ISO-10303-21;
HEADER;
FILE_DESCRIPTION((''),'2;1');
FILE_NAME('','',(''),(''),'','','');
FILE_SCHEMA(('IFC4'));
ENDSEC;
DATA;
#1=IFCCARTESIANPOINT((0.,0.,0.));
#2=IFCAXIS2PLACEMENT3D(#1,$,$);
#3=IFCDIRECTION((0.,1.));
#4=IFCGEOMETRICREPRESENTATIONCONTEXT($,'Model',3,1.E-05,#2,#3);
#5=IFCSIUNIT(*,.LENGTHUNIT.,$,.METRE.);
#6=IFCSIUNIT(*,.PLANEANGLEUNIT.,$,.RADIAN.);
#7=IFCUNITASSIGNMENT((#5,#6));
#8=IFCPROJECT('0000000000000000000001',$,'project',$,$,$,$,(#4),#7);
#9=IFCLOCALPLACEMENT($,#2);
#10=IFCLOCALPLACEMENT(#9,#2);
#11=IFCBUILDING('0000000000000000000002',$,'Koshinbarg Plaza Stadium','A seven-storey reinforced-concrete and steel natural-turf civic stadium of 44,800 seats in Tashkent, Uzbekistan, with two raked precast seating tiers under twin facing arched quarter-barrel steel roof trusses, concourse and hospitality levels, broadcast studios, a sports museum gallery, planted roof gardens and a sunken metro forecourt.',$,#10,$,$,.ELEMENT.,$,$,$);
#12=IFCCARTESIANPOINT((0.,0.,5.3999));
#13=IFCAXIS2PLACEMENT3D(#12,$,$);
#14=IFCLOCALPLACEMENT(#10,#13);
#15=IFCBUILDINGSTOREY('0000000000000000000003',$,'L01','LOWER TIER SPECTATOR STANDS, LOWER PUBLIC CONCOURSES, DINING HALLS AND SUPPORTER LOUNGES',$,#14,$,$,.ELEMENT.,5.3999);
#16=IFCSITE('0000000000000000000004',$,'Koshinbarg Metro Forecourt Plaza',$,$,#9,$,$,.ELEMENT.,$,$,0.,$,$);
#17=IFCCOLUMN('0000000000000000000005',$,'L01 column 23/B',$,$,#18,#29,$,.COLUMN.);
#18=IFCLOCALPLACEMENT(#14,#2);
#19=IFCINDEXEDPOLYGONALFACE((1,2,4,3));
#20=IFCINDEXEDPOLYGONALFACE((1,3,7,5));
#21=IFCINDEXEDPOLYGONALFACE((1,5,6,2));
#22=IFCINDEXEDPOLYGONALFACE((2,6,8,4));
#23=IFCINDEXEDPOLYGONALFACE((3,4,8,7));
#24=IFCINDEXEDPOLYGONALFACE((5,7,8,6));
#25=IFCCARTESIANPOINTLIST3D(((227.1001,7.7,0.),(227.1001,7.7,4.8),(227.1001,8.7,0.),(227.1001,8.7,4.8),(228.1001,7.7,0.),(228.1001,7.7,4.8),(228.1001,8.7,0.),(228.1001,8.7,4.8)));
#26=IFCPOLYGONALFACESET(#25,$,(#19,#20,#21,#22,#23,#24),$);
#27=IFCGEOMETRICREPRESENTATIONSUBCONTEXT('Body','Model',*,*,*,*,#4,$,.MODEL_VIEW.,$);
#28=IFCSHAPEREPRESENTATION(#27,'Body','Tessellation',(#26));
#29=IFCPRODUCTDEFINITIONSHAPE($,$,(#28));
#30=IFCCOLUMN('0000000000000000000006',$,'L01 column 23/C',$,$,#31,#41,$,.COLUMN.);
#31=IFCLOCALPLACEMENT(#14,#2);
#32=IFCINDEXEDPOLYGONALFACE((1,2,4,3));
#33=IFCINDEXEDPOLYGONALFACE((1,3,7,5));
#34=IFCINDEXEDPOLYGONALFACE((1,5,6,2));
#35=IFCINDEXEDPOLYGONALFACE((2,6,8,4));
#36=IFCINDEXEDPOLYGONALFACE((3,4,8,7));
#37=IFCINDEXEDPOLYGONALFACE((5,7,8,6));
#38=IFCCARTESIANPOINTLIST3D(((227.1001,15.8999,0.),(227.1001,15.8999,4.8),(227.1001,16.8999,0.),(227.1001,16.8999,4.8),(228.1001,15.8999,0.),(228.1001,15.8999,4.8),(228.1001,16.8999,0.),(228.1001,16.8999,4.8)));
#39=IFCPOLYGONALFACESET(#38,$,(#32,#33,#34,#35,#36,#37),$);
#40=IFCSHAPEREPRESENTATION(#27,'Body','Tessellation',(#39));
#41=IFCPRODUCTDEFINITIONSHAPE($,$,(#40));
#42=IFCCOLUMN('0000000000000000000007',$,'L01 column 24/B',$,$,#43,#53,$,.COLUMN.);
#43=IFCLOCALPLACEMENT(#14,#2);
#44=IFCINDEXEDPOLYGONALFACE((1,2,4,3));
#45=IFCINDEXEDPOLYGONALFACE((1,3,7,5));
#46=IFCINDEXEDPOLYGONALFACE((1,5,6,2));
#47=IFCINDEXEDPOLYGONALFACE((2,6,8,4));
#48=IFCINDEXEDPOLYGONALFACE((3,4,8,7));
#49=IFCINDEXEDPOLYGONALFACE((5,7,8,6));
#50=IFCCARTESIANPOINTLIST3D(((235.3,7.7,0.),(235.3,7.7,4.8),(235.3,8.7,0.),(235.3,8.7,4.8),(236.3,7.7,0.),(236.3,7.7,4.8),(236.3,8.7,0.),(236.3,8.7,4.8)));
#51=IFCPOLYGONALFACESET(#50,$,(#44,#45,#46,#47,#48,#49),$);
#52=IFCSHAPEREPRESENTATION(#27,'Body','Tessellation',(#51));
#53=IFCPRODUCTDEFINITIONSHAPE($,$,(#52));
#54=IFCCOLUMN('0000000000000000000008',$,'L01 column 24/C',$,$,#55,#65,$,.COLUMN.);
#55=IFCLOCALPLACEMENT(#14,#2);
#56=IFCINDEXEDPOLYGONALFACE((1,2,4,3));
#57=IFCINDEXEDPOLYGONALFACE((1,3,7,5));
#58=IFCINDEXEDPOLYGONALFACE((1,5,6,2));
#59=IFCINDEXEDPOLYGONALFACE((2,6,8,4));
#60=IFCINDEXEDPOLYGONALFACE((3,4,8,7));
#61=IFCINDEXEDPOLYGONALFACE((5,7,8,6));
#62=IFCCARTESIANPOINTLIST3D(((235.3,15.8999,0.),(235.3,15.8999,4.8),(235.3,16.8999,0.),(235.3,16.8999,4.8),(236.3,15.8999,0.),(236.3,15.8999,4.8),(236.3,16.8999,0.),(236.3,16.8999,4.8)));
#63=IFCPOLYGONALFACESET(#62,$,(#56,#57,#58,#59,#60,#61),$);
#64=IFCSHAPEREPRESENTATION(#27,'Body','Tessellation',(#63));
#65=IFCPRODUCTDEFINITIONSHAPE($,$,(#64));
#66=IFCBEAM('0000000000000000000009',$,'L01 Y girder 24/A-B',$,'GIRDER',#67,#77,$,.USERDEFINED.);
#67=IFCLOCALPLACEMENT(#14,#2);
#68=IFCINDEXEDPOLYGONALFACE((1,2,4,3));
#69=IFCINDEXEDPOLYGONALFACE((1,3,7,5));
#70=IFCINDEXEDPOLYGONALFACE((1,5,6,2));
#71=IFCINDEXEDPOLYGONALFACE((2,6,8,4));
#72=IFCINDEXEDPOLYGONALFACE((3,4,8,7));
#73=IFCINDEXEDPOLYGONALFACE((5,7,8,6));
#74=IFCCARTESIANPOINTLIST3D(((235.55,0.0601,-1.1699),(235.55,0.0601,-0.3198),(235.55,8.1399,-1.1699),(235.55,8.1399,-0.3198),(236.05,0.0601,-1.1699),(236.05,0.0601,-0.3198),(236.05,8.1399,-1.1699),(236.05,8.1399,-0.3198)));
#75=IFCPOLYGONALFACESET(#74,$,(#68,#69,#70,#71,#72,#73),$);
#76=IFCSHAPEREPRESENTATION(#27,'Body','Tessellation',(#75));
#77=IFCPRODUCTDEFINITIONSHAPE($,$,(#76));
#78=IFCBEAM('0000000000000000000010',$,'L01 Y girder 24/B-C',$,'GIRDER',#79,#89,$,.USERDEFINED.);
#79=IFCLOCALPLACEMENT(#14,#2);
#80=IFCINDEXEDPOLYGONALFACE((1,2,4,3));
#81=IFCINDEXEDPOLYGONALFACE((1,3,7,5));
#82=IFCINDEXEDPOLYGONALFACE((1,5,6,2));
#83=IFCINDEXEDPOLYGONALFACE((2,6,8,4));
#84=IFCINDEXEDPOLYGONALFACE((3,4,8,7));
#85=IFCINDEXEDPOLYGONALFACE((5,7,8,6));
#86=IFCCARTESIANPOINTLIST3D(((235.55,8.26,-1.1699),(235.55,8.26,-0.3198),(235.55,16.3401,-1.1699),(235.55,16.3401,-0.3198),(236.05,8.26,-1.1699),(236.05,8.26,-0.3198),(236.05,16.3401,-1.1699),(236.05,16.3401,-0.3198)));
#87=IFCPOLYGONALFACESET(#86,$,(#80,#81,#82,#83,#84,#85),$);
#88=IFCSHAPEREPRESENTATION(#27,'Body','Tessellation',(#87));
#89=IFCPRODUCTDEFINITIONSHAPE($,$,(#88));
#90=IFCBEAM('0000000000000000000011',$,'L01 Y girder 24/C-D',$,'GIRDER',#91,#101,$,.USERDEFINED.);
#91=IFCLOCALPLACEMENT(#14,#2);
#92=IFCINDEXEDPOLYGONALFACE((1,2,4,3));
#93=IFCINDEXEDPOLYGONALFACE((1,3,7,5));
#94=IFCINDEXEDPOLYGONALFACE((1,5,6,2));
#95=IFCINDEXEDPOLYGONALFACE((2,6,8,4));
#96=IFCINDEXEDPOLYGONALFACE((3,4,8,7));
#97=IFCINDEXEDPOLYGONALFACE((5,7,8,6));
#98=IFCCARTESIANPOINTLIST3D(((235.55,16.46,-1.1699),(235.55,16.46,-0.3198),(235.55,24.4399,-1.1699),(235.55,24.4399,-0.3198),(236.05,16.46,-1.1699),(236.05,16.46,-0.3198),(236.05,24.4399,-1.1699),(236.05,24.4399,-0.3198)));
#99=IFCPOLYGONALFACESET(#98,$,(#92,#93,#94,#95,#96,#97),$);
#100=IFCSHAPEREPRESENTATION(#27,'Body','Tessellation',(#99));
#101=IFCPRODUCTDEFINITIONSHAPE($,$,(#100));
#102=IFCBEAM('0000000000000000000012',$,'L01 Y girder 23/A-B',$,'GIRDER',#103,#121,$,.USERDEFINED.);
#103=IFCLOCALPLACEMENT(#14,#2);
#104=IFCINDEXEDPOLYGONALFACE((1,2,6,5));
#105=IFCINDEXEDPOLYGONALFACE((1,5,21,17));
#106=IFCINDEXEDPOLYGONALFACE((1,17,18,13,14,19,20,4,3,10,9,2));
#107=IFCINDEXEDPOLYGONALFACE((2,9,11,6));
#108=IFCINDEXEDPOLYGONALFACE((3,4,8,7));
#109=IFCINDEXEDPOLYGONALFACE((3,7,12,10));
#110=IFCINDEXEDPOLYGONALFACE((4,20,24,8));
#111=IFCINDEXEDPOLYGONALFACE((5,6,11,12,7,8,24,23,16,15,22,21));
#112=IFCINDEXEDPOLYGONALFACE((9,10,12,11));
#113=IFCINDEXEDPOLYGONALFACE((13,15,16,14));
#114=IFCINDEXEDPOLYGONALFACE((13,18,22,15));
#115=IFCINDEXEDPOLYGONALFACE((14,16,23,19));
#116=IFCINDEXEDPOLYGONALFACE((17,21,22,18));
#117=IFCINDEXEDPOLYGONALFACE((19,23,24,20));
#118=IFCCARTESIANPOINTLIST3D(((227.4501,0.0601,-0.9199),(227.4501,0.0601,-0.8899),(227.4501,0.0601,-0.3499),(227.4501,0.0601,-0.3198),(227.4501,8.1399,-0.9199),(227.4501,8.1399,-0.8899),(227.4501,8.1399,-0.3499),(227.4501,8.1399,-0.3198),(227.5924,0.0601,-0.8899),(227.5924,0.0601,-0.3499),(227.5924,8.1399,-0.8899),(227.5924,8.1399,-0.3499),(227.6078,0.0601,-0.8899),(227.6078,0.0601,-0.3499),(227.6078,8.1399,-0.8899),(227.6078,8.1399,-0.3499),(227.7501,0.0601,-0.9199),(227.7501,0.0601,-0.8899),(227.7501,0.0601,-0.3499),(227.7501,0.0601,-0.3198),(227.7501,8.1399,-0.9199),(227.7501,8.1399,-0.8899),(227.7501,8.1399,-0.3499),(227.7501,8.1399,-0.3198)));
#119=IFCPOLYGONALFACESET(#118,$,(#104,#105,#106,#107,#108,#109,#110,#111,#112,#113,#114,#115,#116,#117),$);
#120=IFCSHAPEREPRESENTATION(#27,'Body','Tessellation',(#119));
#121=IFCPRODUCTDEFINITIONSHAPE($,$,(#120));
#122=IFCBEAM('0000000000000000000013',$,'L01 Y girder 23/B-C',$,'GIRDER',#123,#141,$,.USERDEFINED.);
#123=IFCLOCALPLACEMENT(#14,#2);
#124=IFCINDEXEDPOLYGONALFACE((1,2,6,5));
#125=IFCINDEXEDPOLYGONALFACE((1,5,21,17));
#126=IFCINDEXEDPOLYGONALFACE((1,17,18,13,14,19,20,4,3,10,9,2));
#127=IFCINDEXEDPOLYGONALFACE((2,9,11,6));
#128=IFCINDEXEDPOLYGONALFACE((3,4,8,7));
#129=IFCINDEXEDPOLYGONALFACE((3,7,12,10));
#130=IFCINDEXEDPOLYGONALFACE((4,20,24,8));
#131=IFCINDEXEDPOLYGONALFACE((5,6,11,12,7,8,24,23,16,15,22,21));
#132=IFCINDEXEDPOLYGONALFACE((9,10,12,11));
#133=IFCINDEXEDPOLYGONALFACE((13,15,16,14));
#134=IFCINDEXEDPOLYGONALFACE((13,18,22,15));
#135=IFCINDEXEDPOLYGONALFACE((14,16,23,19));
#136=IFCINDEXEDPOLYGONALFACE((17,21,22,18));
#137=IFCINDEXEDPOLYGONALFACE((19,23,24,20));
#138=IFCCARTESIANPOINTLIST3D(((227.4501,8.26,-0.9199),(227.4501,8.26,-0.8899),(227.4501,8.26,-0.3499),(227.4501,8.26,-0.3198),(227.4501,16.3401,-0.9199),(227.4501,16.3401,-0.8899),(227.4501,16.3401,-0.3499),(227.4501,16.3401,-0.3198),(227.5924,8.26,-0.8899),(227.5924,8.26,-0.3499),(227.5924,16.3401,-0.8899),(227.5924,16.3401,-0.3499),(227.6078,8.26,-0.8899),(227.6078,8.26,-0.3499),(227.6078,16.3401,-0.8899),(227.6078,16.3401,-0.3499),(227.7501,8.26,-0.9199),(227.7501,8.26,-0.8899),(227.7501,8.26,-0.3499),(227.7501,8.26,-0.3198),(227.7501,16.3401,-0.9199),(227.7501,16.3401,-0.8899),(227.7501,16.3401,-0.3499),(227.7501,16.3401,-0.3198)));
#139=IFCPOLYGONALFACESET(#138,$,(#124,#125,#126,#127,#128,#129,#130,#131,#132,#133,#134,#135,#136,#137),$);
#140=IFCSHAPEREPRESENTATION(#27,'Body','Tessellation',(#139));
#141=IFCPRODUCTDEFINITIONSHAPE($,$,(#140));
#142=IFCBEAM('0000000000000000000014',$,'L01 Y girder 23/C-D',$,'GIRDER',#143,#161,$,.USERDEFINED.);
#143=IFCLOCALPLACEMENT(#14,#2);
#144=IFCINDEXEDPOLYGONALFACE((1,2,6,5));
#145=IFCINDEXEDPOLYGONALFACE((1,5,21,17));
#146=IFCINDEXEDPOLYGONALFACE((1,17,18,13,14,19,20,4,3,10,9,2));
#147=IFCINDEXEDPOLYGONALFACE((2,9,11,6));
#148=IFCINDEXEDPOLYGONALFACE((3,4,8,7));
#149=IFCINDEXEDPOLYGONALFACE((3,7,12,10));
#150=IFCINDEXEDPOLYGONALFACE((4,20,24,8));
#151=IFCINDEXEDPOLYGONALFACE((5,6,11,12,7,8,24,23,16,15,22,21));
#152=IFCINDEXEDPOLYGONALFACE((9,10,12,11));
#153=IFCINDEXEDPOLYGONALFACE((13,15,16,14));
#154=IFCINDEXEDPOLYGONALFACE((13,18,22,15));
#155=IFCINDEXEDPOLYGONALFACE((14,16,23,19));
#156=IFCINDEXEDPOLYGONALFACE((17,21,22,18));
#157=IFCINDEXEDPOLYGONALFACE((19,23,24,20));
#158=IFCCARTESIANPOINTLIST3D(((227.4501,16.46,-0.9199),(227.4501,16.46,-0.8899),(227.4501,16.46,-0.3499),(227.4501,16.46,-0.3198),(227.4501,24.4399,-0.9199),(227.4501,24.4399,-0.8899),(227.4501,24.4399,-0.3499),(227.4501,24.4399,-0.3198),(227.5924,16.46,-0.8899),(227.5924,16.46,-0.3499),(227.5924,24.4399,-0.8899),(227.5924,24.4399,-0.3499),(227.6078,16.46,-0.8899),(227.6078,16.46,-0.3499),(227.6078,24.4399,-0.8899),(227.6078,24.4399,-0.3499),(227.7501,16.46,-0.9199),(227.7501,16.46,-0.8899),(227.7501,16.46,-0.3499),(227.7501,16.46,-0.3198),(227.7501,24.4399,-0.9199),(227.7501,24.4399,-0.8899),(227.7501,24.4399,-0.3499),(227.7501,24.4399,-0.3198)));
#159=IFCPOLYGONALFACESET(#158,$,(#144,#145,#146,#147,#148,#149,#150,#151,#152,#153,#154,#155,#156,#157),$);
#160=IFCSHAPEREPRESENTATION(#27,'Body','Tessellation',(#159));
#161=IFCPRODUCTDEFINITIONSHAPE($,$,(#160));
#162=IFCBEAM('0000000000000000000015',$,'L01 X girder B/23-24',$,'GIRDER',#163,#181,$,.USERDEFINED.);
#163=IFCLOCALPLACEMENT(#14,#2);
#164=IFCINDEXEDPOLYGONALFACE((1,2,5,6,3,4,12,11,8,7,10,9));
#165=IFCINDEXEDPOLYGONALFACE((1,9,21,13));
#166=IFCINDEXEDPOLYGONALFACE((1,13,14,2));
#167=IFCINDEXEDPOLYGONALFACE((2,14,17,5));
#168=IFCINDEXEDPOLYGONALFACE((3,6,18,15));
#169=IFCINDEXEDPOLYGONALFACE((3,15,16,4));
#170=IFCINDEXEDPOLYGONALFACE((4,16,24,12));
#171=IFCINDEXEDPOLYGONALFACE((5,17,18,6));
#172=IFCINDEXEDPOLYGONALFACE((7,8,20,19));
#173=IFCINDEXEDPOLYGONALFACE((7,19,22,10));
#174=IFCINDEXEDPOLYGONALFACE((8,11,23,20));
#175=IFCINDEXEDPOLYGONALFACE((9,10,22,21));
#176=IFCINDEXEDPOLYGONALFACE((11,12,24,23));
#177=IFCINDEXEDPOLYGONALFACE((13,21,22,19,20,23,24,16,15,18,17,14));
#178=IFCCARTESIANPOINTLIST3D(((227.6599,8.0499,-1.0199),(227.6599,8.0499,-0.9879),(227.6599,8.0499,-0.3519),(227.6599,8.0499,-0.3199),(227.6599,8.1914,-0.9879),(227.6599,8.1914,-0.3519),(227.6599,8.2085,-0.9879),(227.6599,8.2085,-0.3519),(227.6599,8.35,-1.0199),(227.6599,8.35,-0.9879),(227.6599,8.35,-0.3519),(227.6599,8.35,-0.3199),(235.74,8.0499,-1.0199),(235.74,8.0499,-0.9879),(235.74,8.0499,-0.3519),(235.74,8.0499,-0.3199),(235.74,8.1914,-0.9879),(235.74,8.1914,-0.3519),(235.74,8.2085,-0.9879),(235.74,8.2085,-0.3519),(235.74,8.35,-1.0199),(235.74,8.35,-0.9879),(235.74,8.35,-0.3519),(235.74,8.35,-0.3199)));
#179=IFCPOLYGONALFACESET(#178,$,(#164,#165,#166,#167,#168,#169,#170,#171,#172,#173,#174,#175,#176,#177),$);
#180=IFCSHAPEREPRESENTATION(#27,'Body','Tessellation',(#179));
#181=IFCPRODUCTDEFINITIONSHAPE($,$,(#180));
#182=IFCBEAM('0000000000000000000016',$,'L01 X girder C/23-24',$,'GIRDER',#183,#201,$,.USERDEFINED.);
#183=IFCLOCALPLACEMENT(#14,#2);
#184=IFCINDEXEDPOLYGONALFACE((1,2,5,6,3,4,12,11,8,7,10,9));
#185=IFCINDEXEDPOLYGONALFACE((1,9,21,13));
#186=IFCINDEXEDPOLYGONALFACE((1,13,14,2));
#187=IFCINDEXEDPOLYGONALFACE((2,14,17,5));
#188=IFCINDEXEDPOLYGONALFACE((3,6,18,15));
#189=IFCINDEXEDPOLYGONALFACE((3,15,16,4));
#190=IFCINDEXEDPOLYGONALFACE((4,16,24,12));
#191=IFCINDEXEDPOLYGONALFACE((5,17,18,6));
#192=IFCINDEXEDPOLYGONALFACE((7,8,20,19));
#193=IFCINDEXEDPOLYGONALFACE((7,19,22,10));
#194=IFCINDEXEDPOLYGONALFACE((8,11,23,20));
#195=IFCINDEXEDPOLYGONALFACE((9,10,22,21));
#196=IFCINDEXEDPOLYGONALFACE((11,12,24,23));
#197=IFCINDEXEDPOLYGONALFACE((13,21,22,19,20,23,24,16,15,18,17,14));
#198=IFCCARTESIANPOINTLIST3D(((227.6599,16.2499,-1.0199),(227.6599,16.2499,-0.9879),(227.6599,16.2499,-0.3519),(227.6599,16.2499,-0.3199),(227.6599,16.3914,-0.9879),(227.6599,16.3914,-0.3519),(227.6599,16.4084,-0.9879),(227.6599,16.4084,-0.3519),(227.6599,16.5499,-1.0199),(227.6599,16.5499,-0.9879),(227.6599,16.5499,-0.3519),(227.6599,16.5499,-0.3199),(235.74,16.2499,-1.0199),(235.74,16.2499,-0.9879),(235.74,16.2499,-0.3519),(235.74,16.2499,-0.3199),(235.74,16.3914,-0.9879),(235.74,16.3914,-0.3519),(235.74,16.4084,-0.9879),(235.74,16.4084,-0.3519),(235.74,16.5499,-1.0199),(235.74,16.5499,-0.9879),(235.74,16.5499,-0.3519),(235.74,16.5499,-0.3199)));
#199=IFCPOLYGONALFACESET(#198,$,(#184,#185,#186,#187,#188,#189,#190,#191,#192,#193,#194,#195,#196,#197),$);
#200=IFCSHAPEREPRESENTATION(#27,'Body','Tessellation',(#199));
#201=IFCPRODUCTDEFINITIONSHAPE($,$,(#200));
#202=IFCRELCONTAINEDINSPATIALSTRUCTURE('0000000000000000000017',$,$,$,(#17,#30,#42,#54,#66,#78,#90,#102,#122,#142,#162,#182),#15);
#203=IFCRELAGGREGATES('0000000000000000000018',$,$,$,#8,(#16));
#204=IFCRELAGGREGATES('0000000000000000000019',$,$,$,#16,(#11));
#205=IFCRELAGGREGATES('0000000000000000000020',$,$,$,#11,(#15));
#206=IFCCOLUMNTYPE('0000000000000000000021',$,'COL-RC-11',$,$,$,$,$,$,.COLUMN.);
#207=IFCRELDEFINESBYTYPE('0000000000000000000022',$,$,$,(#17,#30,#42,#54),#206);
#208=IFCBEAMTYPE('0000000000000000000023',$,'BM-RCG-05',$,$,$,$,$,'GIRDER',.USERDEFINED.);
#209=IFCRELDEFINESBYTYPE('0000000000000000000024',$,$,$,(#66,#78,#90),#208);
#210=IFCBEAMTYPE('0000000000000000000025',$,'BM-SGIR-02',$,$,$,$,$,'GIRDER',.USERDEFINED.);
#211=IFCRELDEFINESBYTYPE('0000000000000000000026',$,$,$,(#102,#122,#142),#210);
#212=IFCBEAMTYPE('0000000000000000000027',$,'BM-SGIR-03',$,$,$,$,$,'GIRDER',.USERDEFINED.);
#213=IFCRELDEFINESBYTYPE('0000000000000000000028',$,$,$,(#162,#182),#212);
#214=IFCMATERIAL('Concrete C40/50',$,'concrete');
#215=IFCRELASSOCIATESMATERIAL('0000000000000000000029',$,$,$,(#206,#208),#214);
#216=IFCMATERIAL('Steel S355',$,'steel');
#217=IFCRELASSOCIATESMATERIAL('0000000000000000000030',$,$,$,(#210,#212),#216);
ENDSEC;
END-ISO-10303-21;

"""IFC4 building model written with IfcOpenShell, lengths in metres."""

from ifc_helpers import new_model, si_unit, direction, frame, origin, origin_2d, place, context, subcontext, project, spatial, rectangle, i_section, extrude, material, material_profile, profile_set, type_object, element, save


model = new_model("IFC4")

# Units and contexts
model_context = context("Model", 3, precision=1e-05, world=origin(), true_north=direction((0.0, 1.0)))
body_context = subcontext(model_context, "Body", "Model", "MODEL_VIEW")
ifc_project = project(units=[si_unit("LENGTHUNIT", "METRE"), si_unit("PLANEANGLEUNIT", "RADIAN")], contexts=[model_context])

# Site, building, storey
site_placement = place(None, origin())
site = spatial("IfcSite", under=ifc_project, at=site_placement, Name="Koshinbarg Metro Forecourt Plaza", CompositionType="ELEMENT", RefElevation=0.0)
building_placement = place(site_placement, origin())
building = spatial("IfcBuilding", under=site, at=building_placement, Name="Koshinbarg Plaza Stadium", Description="A seven-storey reinforced-concrete and steel natural-turf civic stadium of 44,800 seats in Tashkent, Uzbekistan, with two raked precast seating tiers under twin facing arched quarter-barrel steel roof trusses, concourse and hospitality levels, broadcast studios, a sports museum gallery, planted roof gardens and a sunken metro forecourt.", CompositionType="ELEMENT")
storey_placement = place(building_placement, frame((0.0, 0.0, 5.3999)))
storey = spatial("IfcBuildingStorey", under=building, at=storey_placement, Name="L01", Description="LOWER TIER SPECTATOR STANDS, LOWER PUBLIC CONCOURSES, DINING HALLS AND SUPPORTER LOUNGES", CompositionType="ELEMENT", Elevation=5.3999)

# Columns
ifc_material_1 = material(Name="Concrete C40/50", Category="concrete")
ifc_material_profile_1 = material_profile(ifc_material_1, rectangle(XDim=1.0, YDim=1.0, at=origin_2d()), Name="RC 1000x1000")
ifc_profile_set_1 = profile_set([ifc_material_profile_1], Name="Concrete C40/50")
column_type = type_object("IfcColumnType", Name="COL-RC-11", PredefinedType="COLUMN", material=ifc_profile_set_1)
for number, where, z_axis, x_axis, name in (
    (1, (227.6001, 8.2, 0.0), (0.0, 0.0, 1.0), (1.0, 0.0, 0.0), "L01 column 23/B"),
    (2, (227.6001, 16.3999, 0.0), (0.0, 0.0, 1.0), (1.0, 0.0, 0.0), "L01 column 23/C"),
    (3, (235.8, 8.2, 0.0), (0.0, 0.0, 1.0), (1.0, 0.0, 0.0), "L01 column 24/B"),
    (4, (235.8, 16.3999, 0.0), (0.0, 0.0, 1.0), (1.0, 0.0, 0.0), "L01 column 24/C"),
):
    element("IfcColumn", number, at=place(storey_placement, frame(where, z_axis=z_axis, x_axis=x_axis)), inside=storey, type_object=column_type, Name=name, PredefinedType="COLUMN", context=body_context, shape_type="SweptSolid", body=[
        extrude(rectangle(XDim=1.0, YDim=1.0, at=origin_2d()), origin(), (0.0, 0.0, 1.0), 4.8),
    ])

# Beams
ifc_material_profile_2 = material_profile(ifc_material_1, rectangle(XDim=0.5, YDim=0.8501, at=origin_2d()), Name="RC 500x850")
ifc_profile_set_2 = profile_set([ifc_material_profile_2], Name="Concrete C40/50")
beam_type_1 = type_object("IfcBeamType", Name="BM-RCG-05", ElementType="GIRDER", PredefinedType="USERDEFINED", material=ifc_profile_set_2)
beam_1_placement = place(storey_placement, frame((235.8, 0.0601, -0.7449), z_axis=(0.0, 1.0, 0.0), x_axis=(-1.0, 0.0, 0.0)))
element("IfcBeam", 5, at=beam_1_placement, inside=storey, type_object=beam_type_1, Name="L01 Y girder 24/A-B", ObjectType="GIRDER", PredefinedType="USERDEFINED", context=body_context, shape_type="SweptSolid", body=[
    extrude(rectangle(XDim=0.5, YDim=0.8501, at=origin_2d()), origin(), (0.0, 0.0, 1.0), 8.0798),
])
beam_2_placement = place(storey_placement, frame((235.8, 8.26, -0.7449), z_axis=(0.0, 1.0, 0.0), x_axis=(-1.0, 0.0, 0.0)))
element("IfcBeam", 6, at=beam_2_placement, inside=storey, type_object=beam_type_1, Name="L01 Y girder 24/B-C", ObjectType="GIRDER", PredefinedType="USERDEFINED", context=body_context, shape_type="SweptSolid", body=[
    extrude(rectangle(XDim=0.5, YDim=0.8501, at=origin_2d()), origin(), (0.0, 0.0, 1.0), 8.0801),
])
beam_3_placement = place(storey_placement, frame((235.8, 16.46, -0.7449), z_axis=(0.0, 1.0, 0.0), x_axis=(-1.0, 0.0, 0.0)))
element("IfcBeam", 7, at=beam_3_placement, inside=storey, type_object=beam_type_1, Name="L01 Y girder 24/C-D", ObjectType="GIRDER", PredefinedType="USERDEFINED", context=body_context, shape_type="SweptSolid", body=[
    extrude(rectangle(XDim=0.5, YDim=0.8501, at=origin_2d()), origin(), (0.0, 0.0, 1.0), 7.98),
])
ifc_material_2 = material(Name="Steel S355", Category="steel")
ifc_material_profile_3 = material_profile(ifc_material_2, i_section(OverallWidth=0.3, OverallDepth=0.6001, WebThickness=0.0154, FlangeThickness=0.03, at=origin_2d()), Name="HEB 600")
ifc_profile_set_3 = profile_set([ifc_material_profile_3], Name="Steel S355")
beam_type_2 = type_object("IfcBeamType", Name="BM-SGIR-02", ElementType="GIRDER", PredefinedType="USERDEFINED", material=ifc_profile_set_3)
beam_4_placement = place(storey_placement, frame((227.6001, 0.0601, -0.6199), z_axis=(0.0, 1.0, 0.0), x_axis=(-1.0, 0.0, 0.0)))
element("IfcBeam", 8, at=beam_4_placement, inside=storey, type_object=beam_type_2, Name="L01 Y girder 23/A-B", ObjectType="GIRDER", PredefinedType="USERDEFINED", context=body_context, shape_type="SweptSolid", body=[
    extrude(i_section(OverallWidth=0.3, OverallDepth=0.6001, WebThickness=0.0154, FlangeThickness=0.03, at=origin_2d()), origin(), (0.0, 0.0, 1.0), 8.0798),
])
beam_5_placement = place(storey_placement, frame((227.6001, 8.26, -0.6199), z_axis=(0.0, 1.0, 0.0), x_axis=(-1.0, 0.0, 0.0)))
element("IfcBeam", 9, at=beam_5_placement, inside=storey, type_object=beam_type_2, Name="L01 Y girder 23/B-C", ObjectType="GIRDER", PredefinedType="USERDEFINED", context=body_context, shape_type="SweptSolid", body=[
    extrude(i_section(OverallWidth=0.3, OverallDepth=0.6001, WebThickness=0.0154, FlangeThickness=0.03, at=origin_2d()), origin(), (0.0, 0.0, 1.0), 8.0801),
])
beam_6_placement = place(storey_placement, frame((227.6001, 16.46, -0.6199), z_axis=(0.0, 1.0, 0.0), x_axis=(-1.0, 0.0, 0.0)))
element("IfcBeam", 10, at=beam_6_placement, inside=storey, type_object=beam_type_2, Name="L01 Y girder 23/C-D", ObjectType="GIRDER", PredefinedType="USERDEFINED", context=body_context, shape_type="SweptSolid", body=[
    extrude(i_section(OverallWidth=0.3, OverallDepth=0.6001, WebThickness=0.0154, FlangeThickness=0.03, at=origin_2d()), origin(), (0.0, 0.0, 1.0), 7.98),
])
ifc_material_profile_4 = material_profile(ifc_material_2, i_section(OverallWidth=0.3, OverallDepth=0.7, WebThickness=0.0171, FlangeThickness=0.032, at=origin_2d()), Name="HEB 700")
ifc_profile_set_4 = profile_set([ifc_material_profile_4], Name="Steel S355")
beam_type_3 = type_object("IfcBeamType", Name="BM-SGIR-03", ElementType="GIRDER", PredefinedType="USERDEFINED", material=ifc_profile_set_4)
for number, where, z_axis, x_axis, name in (
    (11, (227.6599, 8.2, -0.6699), (1.0, 0.0, 0.0), (0.0, 1.0, 0.0), "L01 X girder B/23-24"),
    (12, (227.6599, 16.3999, -0.6699), (1.0, 0.0, 0.0), (0.0, 1.0, 0.0), "L01 X girder C/23-24"),
):
    element("IfcBeam", number, at=place(storey_placement, frame(where, z_axis=z_axis, x_axis=x_axis)), inside=storey, type_object=beam_type_3, Name=name, ObjectType="GIRDER", PredefinedType="USERDEFINED", context=body_context, shape_type="SweptSolid", body=[
        extrude(i_section(OverallWidth=0.3, OverallDepth=0.7, WebThickness=0.0171, FlangeThickness=0.032, at=origin_2d()), origin(), (0.0, 0.0, 1.0), 8.0801),
    ])

save(model, "model.ifc")
